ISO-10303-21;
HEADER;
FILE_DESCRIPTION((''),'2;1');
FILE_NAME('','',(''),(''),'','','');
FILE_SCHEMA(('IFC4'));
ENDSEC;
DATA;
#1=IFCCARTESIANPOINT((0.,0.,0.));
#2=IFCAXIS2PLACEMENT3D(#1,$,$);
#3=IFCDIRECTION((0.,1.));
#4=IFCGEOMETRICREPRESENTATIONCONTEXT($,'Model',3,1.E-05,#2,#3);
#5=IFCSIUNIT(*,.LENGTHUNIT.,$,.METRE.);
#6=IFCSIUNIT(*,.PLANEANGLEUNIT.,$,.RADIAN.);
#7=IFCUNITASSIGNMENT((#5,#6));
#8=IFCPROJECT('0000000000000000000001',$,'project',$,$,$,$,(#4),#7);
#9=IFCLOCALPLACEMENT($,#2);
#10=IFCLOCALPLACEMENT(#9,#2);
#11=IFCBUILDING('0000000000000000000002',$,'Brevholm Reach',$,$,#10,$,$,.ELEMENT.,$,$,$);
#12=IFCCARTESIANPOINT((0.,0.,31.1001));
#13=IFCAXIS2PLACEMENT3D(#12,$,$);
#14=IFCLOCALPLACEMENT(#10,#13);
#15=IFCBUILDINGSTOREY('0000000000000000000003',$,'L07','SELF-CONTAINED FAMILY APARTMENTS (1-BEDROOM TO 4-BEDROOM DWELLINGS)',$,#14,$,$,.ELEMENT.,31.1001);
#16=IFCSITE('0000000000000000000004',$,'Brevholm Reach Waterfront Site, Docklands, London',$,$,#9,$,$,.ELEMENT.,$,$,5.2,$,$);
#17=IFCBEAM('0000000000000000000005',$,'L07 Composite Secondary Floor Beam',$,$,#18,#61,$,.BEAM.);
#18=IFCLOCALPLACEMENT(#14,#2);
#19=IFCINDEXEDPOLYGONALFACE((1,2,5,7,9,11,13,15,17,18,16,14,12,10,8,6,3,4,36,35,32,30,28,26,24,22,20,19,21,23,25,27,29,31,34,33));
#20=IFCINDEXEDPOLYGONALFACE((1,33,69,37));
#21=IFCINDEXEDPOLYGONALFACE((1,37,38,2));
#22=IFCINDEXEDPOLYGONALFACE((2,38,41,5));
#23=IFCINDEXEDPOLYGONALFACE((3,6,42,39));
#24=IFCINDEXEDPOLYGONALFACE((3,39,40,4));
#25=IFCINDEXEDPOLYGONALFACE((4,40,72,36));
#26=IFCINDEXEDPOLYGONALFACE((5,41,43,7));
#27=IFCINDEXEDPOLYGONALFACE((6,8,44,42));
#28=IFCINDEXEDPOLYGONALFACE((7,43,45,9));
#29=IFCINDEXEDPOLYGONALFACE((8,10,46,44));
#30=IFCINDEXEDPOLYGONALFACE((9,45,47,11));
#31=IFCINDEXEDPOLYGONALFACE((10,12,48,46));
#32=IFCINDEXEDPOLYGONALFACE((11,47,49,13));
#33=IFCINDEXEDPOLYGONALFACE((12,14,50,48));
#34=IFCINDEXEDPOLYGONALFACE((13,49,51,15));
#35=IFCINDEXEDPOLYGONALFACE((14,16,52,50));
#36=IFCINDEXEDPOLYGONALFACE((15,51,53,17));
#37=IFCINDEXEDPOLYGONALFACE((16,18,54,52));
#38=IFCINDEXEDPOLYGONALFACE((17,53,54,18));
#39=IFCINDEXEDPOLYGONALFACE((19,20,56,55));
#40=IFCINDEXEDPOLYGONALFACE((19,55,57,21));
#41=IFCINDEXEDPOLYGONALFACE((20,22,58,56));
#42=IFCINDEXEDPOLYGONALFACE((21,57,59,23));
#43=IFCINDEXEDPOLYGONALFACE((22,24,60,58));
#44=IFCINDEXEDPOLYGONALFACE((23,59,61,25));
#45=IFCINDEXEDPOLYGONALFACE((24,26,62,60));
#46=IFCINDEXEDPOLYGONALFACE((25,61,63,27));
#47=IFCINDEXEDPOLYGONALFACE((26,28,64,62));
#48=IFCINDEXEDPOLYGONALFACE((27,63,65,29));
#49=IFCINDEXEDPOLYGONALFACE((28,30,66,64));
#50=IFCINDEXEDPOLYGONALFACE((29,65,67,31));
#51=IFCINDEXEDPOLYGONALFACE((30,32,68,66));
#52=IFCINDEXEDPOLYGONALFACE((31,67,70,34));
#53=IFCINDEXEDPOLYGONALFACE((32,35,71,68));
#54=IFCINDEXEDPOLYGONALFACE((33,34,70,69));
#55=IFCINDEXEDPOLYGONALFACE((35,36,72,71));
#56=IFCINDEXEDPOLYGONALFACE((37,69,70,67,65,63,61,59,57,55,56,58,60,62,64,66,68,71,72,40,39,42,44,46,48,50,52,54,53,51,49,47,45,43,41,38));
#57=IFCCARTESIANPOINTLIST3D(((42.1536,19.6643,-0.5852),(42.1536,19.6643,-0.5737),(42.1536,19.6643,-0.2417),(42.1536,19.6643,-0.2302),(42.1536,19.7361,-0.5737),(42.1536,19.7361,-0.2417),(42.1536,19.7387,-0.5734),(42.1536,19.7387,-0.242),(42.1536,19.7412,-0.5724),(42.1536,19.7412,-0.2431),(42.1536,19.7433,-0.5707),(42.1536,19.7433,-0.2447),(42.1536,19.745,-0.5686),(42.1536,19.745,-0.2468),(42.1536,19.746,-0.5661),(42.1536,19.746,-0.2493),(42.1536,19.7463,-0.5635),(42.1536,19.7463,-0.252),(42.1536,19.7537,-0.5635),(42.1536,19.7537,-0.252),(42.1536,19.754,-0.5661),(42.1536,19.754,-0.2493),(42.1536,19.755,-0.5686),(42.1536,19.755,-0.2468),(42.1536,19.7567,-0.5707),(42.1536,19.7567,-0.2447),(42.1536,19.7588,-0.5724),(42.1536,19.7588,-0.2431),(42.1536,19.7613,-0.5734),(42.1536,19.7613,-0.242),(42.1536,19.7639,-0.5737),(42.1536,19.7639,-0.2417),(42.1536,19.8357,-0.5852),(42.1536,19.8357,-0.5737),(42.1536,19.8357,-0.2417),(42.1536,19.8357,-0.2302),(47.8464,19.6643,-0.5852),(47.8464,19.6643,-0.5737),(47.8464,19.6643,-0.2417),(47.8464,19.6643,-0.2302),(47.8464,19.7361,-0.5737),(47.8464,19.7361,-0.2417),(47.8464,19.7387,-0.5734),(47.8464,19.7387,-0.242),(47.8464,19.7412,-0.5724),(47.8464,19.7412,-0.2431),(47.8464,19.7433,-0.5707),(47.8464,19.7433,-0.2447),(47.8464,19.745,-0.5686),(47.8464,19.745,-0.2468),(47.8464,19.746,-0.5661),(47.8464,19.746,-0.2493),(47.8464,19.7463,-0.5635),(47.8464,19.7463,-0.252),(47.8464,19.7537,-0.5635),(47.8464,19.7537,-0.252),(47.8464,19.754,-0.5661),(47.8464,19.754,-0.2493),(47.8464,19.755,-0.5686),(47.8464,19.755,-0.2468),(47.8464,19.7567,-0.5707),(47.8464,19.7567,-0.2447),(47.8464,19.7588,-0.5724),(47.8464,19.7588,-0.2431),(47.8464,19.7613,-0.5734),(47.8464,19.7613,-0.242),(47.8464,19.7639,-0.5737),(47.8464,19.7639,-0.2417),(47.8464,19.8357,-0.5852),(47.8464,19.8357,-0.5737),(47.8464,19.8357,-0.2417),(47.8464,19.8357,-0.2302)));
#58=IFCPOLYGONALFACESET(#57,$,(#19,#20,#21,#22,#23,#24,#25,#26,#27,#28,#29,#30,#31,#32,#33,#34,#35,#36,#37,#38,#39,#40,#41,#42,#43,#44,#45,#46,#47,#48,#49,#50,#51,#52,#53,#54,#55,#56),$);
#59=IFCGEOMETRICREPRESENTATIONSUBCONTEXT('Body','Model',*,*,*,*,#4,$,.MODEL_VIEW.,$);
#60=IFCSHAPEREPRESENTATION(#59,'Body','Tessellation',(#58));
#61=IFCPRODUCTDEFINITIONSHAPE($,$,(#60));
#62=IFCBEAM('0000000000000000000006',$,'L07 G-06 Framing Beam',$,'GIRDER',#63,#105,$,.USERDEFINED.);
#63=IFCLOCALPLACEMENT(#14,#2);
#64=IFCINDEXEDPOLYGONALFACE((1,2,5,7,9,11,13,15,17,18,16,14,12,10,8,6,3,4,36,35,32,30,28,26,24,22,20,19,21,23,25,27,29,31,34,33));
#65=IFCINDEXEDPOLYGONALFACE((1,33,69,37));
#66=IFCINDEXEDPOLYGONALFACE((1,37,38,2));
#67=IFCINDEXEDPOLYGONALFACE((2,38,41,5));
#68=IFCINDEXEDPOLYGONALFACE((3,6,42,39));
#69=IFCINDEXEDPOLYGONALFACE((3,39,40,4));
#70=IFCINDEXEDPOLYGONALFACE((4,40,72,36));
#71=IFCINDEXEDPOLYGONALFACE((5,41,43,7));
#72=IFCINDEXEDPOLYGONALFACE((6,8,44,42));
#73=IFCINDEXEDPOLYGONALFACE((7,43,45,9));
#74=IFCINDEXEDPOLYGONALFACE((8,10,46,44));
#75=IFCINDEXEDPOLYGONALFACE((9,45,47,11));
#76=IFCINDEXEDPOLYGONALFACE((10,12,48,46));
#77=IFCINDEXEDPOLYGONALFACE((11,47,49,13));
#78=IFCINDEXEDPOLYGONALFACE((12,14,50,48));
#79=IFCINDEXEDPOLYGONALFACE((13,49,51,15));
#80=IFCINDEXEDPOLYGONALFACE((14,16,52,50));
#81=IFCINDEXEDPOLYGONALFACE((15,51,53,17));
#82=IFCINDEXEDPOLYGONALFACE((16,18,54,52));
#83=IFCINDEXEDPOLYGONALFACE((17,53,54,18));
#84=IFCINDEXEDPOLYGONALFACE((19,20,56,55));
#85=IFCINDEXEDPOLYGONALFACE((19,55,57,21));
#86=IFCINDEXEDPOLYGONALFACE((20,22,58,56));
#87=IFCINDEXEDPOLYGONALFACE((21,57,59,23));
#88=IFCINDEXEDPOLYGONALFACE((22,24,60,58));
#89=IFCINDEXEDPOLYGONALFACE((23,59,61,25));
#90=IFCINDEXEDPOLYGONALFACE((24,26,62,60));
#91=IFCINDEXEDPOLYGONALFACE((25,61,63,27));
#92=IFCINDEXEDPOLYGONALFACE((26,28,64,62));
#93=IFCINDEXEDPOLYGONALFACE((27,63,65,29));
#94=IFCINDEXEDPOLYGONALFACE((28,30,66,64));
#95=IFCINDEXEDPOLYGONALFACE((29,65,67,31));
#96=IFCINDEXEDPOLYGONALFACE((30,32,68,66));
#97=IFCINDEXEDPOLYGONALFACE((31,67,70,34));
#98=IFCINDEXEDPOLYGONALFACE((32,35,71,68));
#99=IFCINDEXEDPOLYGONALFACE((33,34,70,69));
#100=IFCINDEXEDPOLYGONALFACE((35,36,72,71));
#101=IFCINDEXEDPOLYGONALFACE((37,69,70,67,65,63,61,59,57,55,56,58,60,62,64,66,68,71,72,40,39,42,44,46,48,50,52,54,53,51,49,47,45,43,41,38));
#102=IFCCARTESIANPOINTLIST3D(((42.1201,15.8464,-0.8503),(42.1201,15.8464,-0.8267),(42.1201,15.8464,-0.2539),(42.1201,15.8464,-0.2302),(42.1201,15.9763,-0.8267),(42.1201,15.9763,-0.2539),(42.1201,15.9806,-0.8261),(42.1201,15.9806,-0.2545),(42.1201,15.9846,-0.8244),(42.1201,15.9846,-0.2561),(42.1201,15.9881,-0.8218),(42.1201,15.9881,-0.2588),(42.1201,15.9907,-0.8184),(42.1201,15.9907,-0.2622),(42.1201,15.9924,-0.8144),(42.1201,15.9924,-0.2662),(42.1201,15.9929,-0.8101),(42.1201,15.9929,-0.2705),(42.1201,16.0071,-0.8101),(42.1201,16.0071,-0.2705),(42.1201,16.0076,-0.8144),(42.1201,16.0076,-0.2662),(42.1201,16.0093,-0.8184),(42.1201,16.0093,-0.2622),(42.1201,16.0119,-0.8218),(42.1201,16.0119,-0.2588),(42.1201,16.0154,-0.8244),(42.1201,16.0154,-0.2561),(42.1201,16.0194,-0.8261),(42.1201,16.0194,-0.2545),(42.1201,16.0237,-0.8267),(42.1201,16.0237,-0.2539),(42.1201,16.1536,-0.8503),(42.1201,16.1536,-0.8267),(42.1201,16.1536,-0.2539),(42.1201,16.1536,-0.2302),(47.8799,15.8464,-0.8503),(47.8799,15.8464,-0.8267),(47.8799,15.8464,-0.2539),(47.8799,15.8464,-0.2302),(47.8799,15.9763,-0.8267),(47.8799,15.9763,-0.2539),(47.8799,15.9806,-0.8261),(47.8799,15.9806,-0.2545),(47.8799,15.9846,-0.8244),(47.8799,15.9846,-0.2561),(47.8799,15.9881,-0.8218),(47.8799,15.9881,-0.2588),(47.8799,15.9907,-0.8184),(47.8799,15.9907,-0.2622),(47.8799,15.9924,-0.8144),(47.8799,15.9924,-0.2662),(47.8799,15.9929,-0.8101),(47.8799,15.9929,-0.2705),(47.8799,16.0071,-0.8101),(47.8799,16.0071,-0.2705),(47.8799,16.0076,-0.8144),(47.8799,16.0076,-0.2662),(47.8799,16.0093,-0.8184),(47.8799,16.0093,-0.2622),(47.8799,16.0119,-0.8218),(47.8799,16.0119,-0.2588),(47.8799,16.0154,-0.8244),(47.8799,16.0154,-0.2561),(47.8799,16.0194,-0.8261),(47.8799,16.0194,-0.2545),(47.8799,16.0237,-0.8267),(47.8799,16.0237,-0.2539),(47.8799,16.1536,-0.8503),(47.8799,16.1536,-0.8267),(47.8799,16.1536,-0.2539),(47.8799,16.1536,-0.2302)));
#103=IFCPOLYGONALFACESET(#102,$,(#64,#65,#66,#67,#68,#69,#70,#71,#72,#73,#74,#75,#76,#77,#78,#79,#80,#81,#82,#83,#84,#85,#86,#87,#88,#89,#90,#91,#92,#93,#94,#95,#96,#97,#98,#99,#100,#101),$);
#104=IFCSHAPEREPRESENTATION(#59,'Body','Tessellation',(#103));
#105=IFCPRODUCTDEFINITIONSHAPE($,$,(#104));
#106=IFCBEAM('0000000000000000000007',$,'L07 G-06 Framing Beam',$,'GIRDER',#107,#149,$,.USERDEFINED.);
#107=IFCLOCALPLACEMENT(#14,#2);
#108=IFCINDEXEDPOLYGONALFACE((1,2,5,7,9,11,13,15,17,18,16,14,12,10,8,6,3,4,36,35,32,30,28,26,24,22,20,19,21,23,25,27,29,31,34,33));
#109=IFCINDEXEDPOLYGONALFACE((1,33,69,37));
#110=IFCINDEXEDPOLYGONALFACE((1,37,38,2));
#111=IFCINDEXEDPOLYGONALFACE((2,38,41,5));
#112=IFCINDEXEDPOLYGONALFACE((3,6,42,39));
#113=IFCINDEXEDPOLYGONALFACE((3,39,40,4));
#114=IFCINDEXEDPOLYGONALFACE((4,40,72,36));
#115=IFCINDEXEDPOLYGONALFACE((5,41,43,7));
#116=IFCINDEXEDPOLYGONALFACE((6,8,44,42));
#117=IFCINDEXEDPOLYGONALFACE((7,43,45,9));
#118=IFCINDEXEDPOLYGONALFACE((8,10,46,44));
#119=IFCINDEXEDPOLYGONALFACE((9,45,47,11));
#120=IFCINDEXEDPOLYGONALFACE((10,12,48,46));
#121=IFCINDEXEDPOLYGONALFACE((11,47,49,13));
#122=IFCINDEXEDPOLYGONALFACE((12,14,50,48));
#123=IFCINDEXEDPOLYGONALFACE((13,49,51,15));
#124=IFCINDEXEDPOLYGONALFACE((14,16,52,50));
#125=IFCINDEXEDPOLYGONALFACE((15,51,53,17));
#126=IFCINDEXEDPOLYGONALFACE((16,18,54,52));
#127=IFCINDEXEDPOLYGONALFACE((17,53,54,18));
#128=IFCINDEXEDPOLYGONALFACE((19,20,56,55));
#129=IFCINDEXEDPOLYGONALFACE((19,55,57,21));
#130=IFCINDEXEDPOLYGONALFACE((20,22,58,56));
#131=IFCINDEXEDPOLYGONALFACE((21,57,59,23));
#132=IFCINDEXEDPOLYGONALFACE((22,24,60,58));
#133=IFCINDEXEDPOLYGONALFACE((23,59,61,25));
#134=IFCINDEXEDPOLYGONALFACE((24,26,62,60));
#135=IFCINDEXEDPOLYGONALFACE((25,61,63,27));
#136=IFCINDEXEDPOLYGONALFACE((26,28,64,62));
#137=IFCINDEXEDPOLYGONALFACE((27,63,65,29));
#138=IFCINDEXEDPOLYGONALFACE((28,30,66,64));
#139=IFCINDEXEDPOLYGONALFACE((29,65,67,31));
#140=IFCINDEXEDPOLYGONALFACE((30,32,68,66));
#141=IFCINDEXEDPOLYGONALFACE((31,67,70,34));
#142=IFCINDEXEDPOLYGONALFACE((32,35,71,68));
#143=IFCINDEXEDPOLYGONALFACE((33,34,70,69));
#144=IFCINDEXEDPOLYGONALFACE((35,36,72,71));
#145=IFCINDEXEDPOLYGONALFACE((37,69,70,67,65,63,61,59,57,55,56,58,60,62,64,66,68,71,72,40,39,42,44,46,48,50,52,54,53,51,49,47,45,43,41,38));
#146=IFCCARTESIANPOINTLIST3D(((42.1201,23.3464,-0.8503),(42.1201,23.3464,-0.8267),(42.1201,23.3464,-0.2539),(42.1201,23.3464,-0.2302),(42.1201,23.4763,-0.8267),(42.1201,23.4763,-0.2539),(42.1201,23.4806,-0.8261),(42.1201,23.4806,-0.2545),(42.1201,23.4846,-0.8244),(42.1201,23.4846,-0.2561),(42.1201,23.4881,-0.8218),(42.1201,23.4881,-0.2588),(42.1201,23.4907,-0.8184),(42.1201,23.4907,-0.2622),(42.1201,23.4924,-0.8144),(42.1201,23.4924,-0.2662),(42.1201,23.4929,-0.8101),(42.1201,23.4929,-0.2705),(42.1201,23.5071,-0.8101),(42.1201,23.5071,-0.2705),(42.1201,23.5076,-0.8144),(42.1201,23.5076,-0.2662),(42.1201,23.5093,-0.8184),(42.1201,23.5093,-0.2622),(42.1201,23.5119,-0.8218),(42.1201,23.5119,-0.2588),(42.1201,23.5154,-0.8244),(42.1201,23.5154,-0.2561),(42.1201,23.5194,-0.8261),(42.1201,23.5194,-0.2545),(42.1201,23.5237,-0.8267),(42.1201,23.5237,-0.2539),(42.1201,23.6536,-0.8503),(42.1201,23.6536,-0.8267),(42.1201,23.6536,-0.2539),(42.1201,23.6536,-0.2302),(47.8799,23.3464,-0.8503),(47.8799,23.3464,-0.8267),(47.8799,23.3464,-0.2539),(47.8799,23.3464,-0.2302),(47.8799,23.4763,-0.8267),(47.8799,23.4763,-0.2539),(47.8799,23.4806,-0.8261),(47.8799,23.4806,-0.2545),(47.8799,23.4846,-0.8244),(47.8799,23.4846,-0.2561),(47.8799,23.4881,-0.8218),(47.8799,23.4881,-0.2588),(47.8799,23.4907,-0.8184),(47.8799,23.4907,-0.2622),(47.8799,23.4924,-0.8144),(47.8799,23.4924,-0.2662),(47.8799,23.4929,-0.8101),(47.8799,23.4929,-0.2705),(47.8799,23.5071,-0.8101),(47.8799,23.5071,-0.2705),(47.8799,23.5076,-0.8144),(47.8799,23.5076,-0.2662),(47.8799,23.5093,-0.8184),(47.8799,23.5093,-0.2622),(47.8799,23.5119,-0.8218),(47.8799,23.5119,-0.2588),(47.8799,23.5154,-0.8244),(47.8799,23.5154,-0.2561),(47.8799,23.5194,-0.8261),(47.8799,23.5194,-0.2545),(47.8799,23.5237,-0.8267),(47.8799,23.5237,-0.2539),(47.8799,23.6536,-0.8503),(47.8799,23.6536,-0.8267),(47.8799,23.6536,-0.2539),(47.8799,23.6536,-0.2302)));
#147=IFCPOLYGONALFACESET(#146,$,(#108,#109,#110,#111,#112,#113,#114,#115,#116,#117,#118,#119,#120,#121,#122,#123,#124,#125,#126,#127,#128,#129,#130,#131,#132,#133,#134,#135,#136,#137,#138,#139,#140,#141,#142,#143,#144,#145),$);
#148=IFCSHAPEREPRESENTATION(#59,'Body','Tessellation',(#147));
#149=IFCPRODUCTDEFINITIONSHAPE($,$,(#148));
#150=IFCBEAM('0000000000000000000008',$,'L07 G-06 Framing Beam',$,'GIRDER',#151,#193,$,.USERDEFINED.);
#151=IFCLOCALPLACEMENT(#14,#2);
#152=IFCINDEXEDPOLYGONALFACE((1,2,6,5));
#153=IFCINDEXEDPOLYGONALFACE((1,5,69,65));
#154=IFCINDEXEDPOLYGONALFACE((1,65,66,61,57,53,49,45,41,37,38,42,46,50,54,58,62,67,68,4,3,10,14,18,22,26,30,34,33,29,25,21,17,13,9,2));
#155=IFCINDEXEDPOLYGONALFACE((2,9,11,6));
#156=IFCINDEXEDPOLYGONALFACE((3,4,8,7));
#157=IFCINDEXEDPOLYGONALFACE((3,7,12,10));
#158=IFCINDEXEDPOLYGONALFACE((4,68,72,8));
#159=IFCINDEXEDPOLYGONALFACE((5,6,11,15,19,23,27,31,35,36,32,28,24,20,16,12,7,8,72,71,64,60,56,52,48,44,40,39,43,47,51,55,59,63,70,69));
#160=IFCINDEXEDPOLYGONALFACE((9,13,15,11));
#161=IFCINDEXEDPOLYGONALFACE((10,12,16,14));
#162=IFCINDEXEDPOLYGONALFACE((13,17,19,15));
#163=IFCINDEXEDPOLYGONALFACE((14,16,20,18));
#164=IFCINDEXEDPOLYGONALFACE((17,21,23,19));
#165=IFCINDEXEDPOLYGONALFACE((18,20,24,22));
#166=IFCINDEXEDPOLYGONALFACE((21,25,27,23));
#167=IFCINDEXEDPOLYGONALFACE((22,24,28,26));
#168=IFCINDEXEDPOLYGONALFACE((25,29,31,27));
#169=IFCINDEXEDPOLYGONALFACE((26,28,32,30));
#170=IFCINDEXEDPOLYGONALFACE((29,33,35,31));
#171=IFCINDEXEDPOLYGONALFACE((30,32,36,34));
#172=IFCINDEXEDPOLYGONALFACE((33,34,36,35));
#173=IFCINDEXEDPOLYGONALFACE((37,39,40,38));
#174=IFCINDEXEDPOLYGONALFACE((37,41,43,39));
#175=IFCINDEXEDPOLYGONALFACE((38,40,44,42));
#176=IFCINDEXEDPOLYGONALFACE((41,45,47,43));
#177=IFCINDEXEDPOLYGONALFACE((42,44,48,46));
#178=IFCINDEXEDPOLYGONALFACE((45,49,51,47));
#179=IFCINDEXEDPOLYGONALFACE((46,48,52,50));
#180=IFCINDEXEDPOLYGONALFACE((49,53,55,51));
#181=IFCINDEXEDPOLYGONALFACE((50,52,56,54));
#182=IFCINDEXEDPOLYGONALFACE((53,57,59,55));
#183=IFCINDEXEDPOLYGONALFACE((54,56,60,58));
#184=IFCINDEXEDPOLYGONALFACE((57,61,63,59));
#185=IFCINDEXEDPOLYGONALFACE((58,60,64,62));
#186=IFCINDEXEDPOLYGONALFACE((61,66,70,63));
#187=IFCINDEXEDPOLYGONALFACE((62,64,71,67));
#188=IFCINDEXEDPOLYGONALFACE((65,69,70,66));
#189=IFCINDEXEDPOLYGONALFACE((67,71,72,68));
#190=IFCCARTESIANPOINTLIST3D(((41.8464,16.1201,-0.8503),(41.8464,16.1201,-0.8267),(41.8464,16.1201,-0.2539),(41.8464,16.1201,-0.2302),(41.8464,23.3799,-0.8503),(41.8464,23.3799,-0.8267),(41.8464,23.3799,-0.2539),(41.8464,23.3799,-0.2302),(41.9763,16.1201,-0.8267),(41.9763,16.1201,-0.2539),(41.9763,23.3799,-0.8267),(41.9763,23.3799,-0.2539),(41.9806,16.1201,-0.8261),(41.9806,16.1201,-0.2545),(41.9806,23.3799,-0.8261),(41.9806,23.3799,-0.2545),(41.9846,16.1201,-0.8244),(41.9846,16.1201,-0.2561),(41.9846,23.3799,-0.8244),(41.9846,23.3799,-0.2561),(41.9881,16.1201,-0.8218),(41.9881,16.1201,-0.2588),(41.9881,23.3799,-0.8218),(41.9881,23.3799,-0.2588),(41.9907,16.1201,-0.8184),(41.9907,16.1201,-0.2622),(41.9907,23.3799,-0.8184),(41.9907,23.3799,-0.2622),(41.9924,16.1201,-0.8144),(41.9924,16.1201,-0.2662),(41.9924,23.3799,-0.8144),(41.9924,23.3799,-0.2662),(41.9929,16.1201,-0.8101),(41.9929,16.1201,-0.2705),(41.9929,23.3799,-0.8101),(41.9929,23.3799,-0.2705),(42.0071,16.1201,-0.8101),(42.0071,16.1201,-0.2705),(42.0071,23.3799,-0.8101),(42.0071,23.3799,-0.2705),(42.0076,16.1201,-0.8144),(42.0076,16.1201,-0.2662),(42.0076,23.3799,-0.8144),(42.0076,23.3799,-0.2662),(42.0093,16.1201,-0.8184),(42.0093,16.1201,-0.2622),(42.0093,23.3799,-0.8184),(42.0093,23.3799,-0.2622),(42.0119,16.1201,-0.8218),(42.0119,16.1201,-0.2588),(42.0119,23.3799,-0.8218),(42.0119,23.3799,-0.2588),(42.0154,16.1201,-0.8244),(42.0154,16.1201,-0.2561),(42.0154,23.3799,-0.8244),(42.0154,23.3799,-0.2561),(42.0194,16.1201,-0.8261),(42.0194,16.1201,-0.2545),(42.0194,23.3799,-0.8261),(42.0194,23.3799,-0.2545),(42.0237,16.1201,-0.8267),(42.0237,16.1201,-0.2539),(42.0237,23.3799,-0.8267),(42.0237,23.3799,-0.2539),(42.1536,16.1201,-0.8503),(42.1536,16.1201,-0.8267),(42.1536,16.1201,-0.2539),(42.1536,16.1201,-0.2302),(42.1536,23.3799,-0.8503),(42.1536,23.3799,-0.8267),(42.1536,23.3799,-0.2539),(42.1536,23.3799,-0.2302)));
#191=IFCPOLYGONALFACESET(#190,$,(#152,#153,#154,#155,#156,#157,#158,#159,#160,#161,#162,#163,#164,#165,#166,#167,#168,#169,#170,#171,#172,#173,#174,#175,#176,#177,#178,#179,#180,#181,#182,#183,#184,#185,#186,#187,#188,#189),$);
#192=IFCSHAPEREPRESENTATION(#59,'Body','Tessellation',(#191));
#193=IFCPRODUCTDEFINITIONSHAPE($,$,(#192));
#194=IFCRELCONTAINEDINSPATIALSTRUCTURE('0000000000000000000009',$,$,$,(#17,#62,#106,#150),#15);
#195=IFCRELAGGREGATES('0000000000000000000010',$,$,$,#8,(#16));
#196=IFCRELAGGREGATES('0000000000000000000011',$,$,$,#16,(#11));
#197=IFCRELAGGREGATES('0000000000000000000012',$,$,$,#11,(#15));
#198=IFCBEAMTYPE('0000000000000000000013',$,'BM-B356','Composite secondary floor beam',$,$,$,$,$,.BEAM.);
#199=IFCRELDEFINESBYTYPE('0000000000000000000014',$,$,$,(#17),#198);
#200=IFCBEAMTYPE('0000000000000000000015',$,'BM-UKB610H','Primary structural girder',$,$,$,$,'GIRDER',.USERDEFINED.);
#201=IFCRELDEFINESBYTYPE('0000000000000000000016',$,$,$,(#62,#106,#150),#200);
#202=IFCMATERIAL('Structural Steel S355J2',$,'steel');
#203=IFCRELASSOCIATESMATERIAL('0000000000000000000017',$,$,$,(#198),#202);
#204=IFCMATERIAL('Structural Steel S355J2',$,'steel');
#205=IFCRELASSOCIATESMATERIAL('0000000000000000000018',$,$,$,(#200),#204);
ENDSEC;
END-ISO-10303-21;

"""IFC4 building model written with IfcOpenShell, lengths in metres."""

from ifc_helpers import new_model, si_unit, direction, frame, origin, origin_2d, place, context, subcontext, project, spatial, i_section, extrude, material, material_profile, profile_set, type_object, element, save


model = new_model("IFC4")

# Units and contexts
model_context = context("Model", 3, precision=1e-05, world=origin(), true_north=direction((0.0, 1.0)))
body_context = subcontext(model_context, "Body", "Model", "MODEL_VIEW")
ifc_project = project(units=[si_unit("LENGTHUNIT", "METRE"), si_unit("PLANEANGLEUNIT", "RADIAN")], contexts=[model_context])

# Site, building, storey
site_placement = place(None, origin())
site = spatial("IfcSite", under=ifc_project, at=site_placement, Name="Brevholm Reach Waterfront Site, Docklands, London", CompositionType="ELEMENT", RefElevation=5.2)
building_placement = place(site_placement, origin())
building = spatial("IfcBuilding", under=site, at=building_placement, Name="Brevholm Reach", CompositionType="ELEMENT")
storey_placement = place(building_placement, frame((0.0, 0.0, 31.1001)))
storey = spatial("IfcBuildingStorey", under=building, at=storey_placement, Name="L07", Description="SELF-CONTAINED FAMILY APARTMENTS (1-BEDROOM TO 4-BEDROOM DWELLINGS)", CompositionType="ELEMENT", Elevation=31.1001)

# Beams
ifc_material_1 = material(Name="Structural Steel S355J2", Category="steel")
ifc_material_profile_1 = material_profile(ifc_material_1, i_section(OverallWidth=0.1714, OverallDepth=0.355, WebThickness=0.0073, FlangeThickness=0.0115, FilletRadius=0.0103, at=origin_2d()), Name="UKB 356x171x51")
ifc_profile_set_1 = profile_set([ifc_material_profile_1], Name="Structural Steel S355J2")
beam_type_1 = type_object("IfcBeamType", Name="BM-B356", Description="Composite secondary floor beam", PredefinedType="BEAM", material=ifc_profile_set_1)
beam_1_placement = place(storey_placement, frame((42.1536, 19.75, -0.4077), z_axis=(1.0, 0.0, 0.0), x_axis=(0.0, 1.0, 0.0)))
element("IfcBeam", 1, at=beam_1_placement, inside=storey, type_object=beam_type_1, Name="L07 Composite Secondary Floor Beam", PredefinedType="BEAM", context=body_context, shape_type="SweptSolid", body=[
    extrude(i_section(OverallWidth=0.1714, OverallDepth=0.355, WebThickness=0.0073, FlangeThickness=0.0115, FilletRadius=0.0103, at=origin_2d()), origin(), (0.0, 0.0, 1.0), 5.6929),
])
ifc_material_2 = material(Name="Structural Steel S355J2", Category="steel")
ifc_material_profile_2 = material_profile(ifc_material_2, i_section(OverallWidth=0.3071, OverallDepth=0.6201, WebThickness=0.0142, FlangeThickness=0.0237, FilletRadius=0.0166, at=origin_2d()), Name="UKB 610x305x179")
ifc_profile_set_2 = profile_set([ifc_material_profile_2], Name="Structural Steel S355J2")
beam_type_2 = type_object("IfcBeamType", Name="BM-UKB610H", Description="Primary structural girder", ElementType="GIRDER", PredefinedType="USERDEFINED", material=ifc_profile_set_2)
for number, where, z_axis, x_axis, name in (
    (2, (42.1201, 16.0, -0.5403), (1.0, 0.0, 0.0), (0.0, 1.0, 0.0), "L07 G-06 Framing Beam"),
    (3, (42.1201, 23.5, -0.5403), (1.0, 0.0, 0.0), (0.0, 1.0, 0.0), "L07 G-06 Framing Beam"),
):
    element("IfcBeam", number, at=place(storey_placement, frame(where, z_axis=z_axis, x_axis=x_axis)), inside=storey, type_object=beam_type_2, Name=name, ObjectType="GIRDER", PredefinedType="USERDEFINED", context=body_context, shape_type="SweptSolid", body=[
        extrude(i_section(OverallWidth=0.3071, OverallDepth=0.6201, WebThickness=0.0142, FlangeThickness=0.0237, FilletRadius=0.0166, at=origin_2d()), origin(), (0.0, 0.0, 1.0), 5.7598),
    ])
for number, where, z_axis, x_axis, name in (
    (4, (42.0, 16.1201, -0.5403), (0.0, 1.0, 0.0), (-1.0, 0.0, 0.0), "L07 G-06 Framing Beam"),
):
    element("IfcBeam", number, at=place(storey_placement, frame(where, z_axis=z_axis, x_axis=x_axis)), inside=storey, type_object=beam_type_2, Name=name, ObjectType="GIRDER", PredefinedType="USERDEFINED", context=body_context, shape_type="SweptSolid", body=[
        extrude(i_section(OverallWidth=0.3071, OverallDepth=0.6201, WebThickness=0.0142, FlangeThickness=0.0237, FilletRadius=0.0166, at=origin_2d()), origin(), (0.0, 0.0, 1.0), 7.2598),
    ])

save(model, "model.ifc")
